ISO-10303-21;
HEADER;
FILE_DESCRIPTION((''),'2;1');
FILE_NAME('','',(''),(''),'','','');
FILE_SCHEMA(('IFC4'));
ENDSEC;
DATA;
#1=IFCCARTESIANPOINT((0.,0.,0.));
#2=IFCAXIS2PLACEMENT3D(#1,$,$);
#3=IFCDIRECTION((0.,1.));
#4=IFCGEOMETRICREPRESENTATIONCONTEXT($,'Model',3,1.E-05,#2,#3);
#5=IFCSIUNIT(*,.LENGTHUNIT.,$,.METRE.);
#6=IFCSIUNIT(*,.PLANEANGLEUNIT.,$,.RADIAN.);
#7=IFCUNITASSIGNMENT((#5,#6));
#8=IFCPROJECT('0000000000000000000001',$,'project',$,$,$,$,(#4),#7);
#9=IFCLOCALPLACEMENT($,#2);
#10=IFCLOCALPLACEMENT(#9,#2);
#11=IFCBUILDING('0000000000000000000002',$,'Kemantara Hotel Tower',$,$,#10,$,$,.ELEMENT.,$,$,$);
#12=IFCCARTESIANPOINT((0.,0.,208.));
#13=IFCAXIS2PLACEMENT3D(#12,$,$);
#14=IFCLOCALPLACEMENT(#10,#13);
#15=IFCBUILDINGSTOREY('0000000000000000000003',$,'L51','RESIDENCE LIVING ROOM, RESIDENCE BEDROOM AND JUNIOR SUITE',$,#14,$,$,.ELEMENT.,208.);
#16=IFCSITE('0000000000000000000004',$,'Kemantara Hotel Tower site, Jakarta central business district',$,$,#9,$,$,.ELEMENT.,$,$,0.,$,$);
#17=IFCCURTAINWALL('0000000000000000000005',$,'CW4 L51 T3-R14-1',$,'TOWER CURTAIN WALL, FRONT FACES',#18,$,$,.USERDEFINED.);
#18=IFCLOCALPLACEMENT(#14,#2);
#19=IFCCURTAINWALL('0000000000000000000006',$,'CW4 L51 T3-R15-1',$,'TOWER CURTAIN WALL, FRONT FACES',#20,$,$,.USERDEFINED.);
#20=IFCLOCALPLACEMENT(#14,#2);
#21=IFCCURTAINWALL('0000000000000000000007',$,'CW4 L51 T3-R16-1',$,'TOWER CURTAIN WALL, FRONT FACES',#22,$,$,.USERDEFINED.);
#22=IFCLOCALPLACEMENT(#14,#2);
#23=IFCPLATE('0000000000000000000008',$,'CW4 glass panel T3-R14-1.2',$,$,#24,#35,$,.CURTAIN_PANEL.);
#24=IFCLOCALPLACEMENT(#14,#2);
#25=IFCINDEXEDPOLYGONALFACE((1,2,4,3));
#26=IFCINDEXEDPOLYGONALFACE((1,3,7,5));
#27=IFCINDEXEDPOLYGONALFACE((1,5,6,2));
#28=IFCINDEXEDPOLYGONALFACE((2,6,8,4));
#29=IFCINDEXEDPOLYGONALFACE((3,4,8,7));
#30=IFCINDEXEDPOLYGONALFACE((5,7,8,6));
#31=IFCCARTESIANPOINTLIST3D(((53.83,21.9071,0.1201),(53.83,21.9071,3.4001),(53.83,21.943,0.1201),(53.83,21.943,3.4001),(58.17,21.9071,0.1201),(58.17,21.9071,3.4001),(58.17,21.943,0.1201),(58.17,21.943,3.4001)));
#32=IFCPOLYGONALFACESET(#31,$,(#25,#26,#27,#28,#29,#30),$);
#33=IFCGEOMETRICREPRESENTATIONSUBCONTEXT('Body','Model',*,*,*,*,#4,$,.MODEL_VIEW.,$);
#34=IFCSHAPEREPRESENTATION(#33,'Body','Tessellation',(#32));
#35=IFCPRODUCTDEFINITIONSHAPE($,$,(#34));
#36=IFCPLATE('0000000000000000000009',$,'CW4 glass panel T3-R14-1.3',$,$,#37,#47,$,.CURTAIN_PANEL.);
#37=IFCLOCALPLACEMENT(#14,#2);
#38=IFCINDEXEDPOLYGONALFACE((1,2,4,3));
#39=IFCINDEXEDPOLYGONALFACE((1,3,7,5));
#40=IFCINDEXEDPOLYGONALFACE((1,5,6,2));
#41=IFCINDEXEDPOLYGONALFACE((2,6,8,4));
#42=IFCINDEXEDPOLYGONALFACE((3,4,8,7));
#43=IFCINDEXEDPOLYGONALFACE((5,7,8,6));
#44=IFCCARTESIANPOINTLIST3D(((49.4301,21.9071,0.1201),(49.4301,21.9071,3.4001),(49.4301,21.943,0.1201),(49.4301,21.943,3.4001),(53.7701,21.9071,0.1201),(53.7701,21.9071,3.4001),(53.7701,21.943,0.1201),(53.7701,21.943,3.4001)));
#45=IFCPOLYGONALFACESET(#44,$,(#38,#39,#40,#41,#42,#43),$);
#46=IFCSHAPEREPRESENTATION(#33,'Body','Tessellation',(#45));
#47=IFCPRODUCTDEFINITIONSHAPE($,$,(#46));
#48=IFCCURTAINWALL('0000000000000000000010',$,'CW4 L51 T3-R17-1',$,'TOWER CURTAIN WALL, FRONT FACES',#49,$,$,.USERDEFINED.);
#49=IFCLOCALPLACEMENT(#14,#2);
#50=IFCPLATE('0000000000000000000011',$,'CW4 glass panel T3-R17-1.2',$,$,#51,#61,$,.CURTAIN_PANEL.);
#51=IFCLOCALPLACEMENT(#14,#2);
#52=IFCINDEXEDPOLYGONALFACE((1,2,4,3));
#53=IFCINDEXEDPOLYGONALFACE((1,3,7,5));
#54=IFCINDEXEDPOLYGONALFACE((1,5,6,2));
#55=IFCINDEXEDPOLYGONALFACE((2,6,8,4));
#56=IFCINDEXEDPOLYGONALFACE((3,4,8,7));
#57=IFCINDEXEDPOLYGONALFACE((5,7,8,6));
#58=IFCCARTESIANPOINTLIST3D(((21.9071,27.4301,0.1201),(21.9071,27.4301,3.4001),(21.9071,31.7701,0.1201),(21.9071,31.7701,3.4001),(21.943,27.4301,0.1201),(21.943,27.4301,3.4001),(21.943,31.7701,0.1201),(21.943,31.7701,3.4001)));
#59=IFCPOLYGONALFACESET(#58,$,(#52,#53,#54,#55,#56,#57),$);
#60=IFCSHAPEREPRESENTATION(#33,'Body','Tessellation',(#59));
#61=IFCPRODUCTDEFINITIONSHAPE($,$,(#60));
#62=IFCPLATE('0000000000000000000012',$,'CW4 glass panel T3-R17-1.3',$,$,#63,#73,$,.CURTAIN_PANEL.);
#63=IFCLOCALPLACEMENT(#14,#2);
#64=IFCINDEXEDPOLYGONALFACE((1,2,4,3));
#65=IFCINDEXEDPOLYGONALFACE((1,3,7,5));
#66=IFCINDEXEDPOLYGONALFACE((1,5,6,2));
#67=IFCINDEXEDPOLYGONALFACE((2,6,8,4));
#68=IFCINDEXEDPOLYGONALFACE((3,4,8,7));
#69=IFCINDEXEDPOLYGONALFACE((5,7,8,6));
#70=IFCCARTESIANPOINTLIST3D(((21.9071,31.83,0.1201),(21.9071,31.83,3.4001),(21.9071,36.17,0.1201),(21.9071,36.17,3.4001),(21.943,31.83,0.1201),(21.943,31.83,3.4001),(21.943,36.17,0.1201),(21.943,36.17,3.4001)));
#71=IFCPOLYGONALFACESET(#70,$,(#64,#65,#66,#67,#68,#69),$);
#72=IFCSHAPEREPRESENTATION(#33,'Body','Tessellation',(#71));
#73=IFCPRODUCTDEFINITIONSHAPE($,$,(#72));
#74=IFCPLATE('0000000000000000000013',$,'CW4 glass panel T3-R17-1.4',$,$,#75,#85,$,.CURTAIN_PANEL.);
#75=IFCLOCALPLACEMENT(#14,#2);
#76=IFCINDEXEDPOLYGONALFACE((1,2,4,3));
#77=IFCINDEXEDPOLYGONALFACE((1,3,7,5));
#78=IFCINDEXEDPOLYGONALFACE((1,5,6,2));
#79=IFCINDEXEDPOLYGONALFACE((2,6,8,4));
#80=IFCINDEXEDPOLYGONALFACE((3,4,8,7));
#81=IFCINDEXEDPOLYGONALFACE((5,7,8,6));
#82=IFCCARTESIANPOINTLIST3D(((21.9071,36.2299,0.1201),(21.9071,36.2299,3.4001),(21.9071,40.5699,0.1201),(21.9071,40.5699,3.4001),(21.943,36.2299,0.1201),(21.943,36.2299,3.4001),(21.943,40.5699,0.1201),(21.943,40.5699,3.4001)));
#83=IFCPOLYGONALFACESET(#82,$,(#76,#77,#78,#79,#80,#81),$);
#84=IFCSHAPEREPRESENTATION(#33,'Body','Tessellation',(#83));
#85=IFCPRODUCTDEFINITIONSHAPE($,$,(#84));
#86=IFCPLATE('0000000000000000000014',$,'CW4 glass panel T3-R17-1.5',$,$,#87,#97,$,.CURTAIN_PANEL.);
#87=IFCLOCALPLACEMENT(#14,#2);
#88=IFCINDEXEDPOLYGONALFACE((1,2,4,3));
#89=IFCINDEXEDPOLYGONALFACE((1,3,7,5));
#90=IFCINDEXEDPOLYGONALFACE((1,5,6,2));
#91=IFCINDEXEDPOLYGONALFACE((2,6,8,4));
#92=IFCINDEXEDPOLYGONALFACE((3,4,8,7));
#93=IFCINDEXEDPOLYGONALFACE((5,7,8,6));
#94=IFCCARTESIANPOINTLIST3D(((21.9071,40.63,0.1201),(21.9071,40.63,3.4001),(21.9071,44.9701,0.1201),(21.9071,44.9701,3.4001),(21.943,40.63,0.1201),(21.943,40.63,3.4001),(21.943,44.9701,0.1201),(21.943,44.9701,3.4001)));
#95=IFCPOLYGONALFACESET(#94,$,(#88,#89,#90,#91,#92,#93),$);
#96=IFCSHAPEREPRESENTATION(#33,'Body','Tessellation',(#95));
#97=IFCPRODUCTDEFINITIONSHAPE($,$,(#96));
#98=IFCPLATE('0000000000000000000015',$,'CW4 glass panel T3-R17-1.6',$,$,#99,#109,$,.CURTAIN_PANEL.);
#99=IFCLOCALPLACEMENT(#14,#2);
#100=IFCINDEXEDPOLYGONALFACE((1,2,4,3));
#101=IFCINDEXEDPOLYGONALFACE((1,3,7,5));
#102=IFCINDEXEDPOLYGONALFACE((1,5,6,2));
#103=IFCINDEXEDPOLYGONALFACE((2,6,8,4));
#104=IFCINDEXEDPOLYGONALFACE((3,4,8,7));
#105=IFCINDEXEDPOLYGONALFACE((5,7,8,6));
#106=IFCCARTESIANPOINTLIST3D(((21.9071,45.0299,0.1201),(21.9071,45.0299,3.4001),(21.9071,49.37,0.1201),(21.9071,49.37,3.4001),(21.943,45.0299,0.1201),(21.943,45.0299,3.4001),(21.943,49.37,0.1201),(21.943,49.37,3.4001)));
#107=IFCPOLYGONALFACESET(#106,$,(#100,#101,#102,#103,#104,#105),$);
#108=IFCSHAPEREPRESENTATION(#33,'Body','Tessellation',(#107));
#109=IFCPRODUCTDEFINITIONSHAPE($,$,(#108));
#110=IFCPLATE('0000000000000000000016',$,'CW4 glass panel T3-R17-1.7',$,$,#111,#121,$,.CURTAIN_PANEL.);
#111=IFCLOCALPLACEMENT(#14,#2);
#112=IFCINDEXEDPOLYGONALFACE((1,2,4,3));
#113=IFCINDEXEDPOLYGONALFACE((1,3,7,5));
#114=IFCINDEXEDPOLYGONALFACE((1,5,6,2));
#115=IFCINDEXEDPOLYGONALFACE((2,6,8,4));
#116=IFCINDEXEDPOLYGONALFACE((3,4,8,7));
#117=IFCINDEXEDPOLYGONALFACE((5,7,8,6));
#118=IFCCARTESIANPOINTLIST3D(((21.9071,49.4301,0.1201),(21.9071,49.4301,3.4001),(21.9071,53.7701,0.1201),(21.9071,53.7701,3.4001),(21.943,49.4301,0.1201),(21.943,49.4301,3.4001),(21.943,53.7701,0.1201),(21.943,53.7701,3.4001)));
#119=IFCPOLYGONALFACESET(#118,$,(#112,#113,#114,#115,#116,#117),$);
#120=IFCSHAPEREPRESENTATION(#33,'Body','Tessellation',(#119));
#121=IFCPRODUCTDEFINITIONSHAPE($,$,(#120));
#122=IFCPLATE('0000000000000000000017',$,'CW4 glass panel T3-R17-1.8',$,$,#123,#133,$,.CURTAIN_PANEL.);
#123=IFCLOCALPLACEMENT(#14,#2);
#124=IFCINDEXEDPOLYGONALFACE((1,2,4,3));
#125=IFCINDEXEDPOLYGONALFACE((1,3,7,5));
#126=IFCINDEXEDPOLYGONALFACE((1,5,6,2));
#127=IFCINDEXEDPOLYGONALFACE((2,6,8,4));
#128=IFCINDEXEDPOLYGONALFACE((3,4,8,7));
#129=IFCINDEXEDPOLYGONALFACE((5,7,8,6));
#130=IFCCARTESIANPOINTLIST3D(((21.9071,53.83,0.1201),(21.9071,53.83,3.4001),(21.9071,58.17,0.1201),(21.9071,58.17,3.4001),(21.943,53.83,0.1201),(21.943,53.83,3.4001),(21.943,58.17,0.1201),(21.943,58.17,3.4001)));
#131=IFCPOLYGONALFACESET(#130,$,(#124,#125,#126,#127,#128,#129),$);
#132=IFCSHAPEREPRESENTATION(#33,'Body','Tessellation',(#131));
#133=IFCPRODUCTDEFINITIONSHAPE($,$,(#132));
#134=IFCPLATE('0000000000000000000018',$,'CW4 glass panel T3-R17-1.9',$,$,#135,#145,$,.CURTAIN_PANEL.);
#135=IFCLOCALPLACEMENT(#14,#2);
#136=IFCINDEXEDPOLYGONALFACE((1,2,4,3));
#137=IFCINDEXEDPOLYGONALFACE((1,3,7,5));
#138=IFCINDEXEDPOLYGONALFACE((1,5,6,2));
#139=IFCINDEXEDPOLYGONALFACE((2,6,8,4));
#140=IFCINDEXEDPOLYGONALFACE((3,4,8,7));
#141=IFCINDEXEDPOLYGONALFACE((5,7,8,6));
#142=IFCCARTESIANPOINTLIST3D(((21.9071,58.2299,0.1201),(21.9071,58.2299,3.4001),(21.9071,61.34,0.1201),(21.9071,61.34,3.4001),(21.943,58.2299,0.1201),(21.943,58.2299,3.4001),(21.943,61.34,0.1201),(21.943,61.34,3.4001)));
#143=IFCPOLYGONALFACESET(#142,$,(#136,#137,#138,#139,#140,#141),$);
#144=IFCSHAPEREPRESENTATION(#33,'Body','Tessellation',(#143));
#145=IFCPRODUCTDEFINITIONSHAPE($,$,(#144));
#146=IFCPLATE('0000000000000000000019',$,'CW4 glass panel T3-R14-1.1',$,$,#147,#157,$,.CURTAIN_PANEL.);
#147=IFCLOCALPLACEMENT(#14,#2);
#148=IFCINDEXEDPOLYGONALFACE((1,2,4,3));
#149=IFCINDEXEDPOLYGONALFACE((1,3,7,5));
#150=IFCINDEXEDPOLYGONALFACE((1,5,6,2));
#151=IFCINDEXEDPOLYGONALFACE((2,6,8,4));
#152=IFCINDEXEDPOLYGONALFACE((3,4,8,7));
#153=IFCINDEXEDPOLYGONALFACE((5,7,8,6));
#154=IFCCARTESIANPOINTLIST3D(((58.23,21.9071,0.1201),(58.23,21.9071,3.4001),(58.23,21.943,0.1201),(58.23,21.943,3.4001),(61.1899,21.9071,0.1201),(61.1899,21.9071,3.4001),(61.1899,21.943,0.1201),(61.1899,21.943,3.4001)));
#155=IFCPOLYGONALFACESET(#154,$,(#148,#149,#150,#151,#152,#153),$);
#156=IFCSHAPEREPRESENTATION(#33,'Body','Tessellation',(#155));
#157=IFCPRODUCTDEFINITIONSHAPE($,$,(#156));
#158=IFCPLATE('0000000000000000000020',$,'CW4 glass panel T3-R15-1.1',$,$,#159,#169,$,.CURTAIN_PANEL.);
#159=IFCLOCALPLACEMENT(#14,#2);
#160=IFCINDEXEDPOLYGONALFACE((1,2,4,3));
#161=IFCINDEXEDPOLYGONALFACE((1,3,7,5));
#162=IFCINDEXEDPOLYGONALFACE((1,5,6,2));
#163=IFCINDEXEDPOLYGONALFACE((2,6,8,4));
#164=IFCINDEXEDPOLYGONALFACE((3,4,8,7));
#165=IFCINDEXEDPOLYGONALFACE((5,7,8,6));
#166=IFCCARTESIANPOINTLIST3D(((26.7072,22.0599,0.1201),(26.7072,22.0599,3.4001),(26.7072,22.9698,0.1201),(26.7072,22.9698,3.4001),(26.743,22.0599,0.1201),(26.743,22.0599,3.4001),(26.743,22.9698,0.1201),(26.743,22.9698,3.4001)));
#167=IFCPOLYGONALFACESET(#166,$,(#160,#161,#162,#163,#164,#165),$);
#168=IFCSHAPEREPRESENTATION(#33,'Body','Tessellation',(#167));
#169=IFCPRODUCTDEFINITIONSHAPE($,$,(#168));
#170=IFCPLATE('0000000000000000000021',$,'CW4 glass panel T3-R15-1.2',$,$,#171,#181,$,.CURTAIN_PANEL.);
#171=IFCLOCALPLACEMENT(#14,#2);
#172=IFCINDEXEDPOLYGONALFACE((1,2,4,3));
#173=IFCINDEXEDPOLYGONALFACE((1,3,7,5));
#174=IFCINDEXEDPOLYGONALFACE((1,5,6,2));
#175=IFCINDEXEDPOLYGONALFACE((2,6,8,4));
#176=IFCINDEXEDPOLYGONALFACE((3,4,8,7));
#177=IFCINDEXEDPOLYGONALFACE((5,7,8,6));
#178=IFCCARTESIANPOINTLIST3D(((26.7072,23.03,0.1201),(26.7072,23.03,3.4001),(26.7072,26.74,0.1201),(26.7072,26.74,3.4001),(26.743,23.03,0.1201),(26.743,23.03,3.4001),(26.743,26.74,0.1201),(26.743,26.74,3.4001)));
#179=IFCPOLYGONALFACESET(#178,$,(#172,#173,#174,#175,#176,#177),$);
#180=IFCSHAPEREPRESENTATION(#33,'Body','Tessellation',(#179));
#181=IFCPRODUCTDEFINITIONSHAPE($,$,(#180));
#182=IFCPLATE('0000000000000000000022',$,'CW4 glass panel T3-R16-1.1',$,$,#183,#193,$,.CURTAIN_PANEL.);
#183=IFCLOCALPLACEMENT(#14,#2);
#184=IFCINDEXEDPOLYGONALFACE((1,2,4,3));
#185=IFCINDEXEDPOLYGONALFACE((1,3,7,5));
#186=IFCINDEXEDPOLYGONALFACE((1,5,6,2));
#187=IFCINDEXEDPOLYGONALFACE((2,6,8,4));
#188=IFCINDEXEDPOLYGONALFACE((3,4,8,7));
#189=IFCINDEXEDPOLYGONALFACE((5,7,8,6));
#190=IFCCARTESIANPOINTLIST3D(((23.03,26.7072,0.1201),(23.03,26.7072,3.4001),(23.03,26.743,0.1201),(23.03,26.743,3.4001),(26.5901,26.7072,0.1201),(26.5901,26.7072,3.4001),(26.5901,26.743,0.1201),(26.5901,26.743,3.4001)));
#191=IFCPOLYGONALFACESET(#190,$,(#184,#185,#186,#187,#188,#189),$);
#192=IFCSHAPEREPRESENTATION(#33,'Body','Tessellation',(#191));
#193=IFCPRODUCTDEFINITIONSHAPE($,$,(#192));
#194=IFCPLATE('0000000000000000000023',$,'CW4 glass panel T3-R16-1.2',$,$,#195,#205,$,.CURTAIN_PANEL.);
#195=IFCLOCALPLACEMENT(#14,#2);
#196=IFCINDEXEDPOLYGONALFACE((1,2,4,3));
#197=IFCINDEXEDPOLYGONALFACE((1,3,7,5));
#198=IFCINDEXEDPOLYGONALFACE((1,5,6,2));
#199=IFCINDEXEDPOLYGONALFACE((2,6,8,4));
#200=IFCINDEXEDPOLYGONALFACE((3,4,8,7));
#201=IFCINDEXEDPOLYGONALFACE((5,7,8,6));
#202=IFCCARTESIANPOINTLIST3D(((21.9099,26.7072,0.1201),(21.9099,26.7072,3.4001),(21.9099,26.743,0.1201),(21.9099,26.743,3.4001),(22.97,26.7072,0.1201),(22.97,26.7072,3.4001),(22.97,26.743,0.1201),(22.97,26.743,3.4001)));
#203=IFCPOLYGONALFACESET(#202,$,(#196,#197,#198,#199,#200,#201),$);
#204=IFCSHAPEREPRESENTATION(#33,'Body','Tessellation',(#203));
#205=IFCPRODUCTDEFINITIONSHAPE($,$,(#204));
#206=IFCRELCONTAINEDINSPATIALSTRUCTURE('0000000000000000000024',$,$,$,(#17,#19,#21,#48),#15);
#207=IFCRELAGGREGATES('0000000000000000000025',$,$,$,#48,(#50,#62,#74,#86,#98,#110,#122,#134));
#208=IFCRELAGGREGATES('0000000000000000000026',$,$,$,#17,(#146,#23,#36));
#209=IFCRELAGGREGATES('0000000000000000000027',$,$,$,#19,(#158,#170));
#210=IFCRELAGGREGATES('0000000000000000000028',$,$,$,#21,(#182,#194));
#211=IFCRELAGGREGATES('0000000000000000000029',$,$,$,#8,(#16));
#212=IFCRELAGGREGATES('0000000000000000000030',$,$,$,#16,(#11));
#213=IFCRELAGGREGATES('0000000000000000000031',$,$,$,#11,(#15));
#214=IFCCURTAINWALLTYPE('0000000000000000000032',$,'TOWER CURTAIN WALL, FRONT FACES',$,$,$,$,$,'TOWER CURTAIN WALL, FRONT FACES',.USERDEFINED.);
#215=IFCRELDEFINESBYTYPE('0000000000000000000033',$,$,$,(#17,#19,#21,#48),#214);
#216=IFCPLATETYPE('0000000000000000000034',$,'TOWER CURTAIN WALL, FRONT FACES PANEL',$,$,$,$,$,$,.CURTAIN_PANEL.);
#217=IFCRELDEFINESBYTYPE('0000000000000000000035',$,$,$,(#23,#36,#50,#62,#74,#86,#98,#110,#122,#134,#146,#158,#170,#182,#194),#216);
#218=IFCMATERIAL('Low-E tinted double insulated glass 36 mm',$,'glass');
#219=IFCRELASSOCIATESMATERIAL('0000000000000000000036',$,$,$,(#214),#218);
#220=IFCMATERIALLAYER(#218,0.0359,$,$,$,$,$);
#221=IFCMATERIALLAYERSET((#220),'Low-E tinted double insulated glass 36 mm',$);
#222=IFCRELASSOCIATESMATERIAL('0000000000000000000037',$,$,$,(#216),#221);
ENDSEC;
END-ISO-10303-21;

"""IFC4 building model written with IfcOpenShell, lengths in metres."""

from ifc_helpers import new_model, si_unit, direction, frame, origin, origin_2d, place, context, subcontext, project, spatial, rectangle, extrude, source, transform, mapped, material, layer, layer_set, type_object, element, aggregate, save


model = new_model("IFC4")

# Units and contexts
model_context = context("Model", 3, precision=1e-05, world=origin(), true_north=direction((0.0, 1.0)))
body_context = subcontext(model_context, "Body", "Model", "MODEL_VIEW")
ifc_project = project(units=[si_unit("LENGTHUNIT", "METRE"), si_unit("PLANEANGLEUNIT", "RADIAN")], contexts=[model_context])

# Site, building, storey
site_placement = place(None, origin())
site = spatial("IfcSite", under=ifc_project, at=site_placement, Name="Kemantara Hotel Tower site, Jakarta central business district", CompositionType="ELEMENT", RefElevation=0.0)
building_placement = place(site_placement, origin())
building = spatial("IfcBuilding", under=site, at=building_placement, Name="Kemantara Hotel Tower", CompositionType="ELEMENT")
storey_placement = place(building_placement, frame((0.0, 0.0, 208.0)))
storey = spatial("IfcBuildingStorey", under=building, at=storey_placement, Name="L51", Description="RESIDENCE LIVING ROOM, RESIDENCE BEDROOM AND JUNIOR SUITE", CompositionType="ELEMENT", Elevation=208.0)

# Curtain walls
ifc_material_1 = material(Name="Low-E tinted double insulated glass 36 mm", Category="glass")
curtain_wall_type = type_object("IfcCurtainWallType", Name="TOWER CURTAIN WALL, FRONT FACES", ElementType="TOWER CURTAIN WALL, FRONT FACES", PredefinedType="USERDEFINED", material=ifc_material_1)
curtain_wall_1_placement = place(storey_placement, origin())
curtain_wall_1 = element("IfcCurtainWall", 1, at=curtain_wall_1_placement, inside=storey, type_object=curtain_wall_type, Name="CW4 L51 T3-R14-1", ObjectType="TOWER CURTAIN WALL, FRONT FACES", PredefinedType="USERDEFINED")
curtain_wall_2_placement = place(storey_placement, origin())
curtain_wall_2 = element("IfcCurtainWall", 2, at=curtain_wall_2_placement, inside=storey, type_object=curtain_wall_type, Name="CW4 L51 T3-R15-1", ObjectType="TOWER CURTAIN WALL, FRONT FACES", PredefinedType="USERDEFINED")
curtain_wall_3_placement = place(storey_placement, origin())
curtain_wall_3 = element("IfcCurtainWall", 3, at=curtain_wall_3_placement, inside=storey, type_object=curtain_wall_type, Name="CW4 L51 T3-R16-1", ObjectType="TOWER CURTAIN WALL, FRONT FACES", PredefinedType="USERDEFINED")

# Plates
ifc_layer_1 = layer(ifc_material_1, 0.0359)
ifc_layer_set_1 = layer_set([ifc_layer_1], Name="Low-E tinted double insulated glass 36 mm")
plate_type = type_object("IfcPlateType", Name="TOWER CURTAIN WALL, FRONT FACES PANEL", PredefinedType="CURTAIN_PANEL", material=ifc_layer_set_1)
shared_shape_1 = source(origin(), body_context, "Body", "SweptSolid", [
    extrude(rectangle(XDim=4.3401, YDim=0.0359, at=origin_2d()), origin(), (0.0, 0.0, 1.0), 3.28),
])
plate_1_placement = place(storey_placement, frame((56.0, 21.925, 0.1201), z_axis=(0.0, 0.0, 1.0), x_axis=(-1.0, 0.0, 0.0)))
plate_1 = element("IfcPlate", 4, at=plate_1_placement, type_object=plate_type, Name="CW4 glass panel T3-R14-1.2", PredefinedType="CURTAIN_PANEL", context=body_context, shape_type="MappedRepresentation", body=[
    mapped(shared_shape_1, transform((0.0, 0.0, 0.0))),
])
plate_2_placement = place(storey_placement, frame((51.6001, 21.925, 0.1201), z_axis=(0.0, 0.0, 1.0), x_axis=(-1.0, 0.0, 0.0)))
plate_2 = element("IfcPlate", 5, at=plate_2_placement, type_object=plate_type, Name="CW4 glass panel T3-R14-1.3", PredefinedType="CURTAIN_PANEL", context=body_context, shape_type="MappedRepresentation", body=[
    mapped(shared_shape_1, transform((0.0, 0.0, 0.0))),
])

# Curtain wall, plates
curtain_wall_4_placement = place(storey_placement, origin())
curtain_wall_4 = element("IfcCurtainWall", 6, at=curtain_wall_4_placement, inside=storey, type_object=curtain_wall_type, Name="CW4 L51 T3-R17-1", ObjectType="TOWER CURTAIN WALL, FRONT FACES", PredefinedType="USERDEFINED")
plate_3_placement = place(storey_placement, frame((21.925, 29.6001, 0.1201), z_axis=(0.0, 0.0, 1.0), x_axis=(0.0, 1.0, 0.0)))
plate_3 = element("IfcPlate", 7, at=plate_3_placement, type_object=plate_type, Name="CW4 glass panel T3-R17-1.2", PredefinedType="CURTAIN_PANEL", context=body_context, shape_type="MappedRepresentation", body=[
    mapped(shared_shape_1, transform((0.0, 0.0, 0.0))),
])
plate_4_placement = place(storey_placement, frame((21.925, 34.0, 0.1201), z_axis=(0.0, 0.0, 1.0), x_axis=(0.0, 1.0, 0.0)))
plate_4 = element("IfcPlate", 8, at=plate_4_placement, type_object=plate_type, Name="CW4 glass panel T3-R17-1.3", PredefinedType="CURTAIN_PANEL", context=body_context, shape_type="MappedRepresentation", body=[
    mapped(shared_shape_1, transform((0.0, 0.0, 0.0))),
])
plate_5_placement = place(storey_placement, frame((21.925, 38.3999, 0.1201), z_axis=(0.0, 0.0, 1.0), x_axis=(0.0, 1.0, 0.0)))
plate_5 = element("IfcPlate", 9, at=plate_5_placement, type_object=plate_type, Name="CW4 glass panel T3-R17-1.4", PredefinedType="CURTAIN_PANEL", context=body_context, shape_type="MappedRepresentation", body=[
    mapped(shared_shape_1, transform((0.0, 0.0, 0.0))),
])
plate_6_placement = place(storey_placement, frame((21.925, 42.8, 0.1201), z_axis=(0.0, 0.0, 1.0), x_axis=(0.0, 1.0, 0.0)))
plate_6 = element("IfcPlate", 10, at=plate_6_placement, type_object=plate_type, Name="CW4 glass panel T3-R17-1.5", PredefinedType="CURTAIN_PANEL", context=body_context, shape_type="MappedRepresentation", body=[
    mapped(shared_shape_1, transform((0.0, 0.0, 0.0))),
])
plate_7_placement = place(storey_placement, frame((21.925, 47.2, 0.1201), z_axis=(0.0, 0.0, 1.0), x_axis=(0.0, 1.0, 0.0)))
plate_7 = element("IfcPlate", 11, at=plate_7_placement, type_object=plate_type, Name="CW4 glass panel T3-R17-1.6", PredefinedType="CURTAIN_PANEL", context=body_context, shape_type="MappedRepresentation", body=[
    mapped(shared_shape_1, transform((0.0, 0.0, 0.0))),
])
plate_8_placement = place(storey_placement, frame((21.925, 51.6001, 0.1201), z_axis=(0.0, 0.0, 1.0), x_axis=(0.0, 1.0, 0.0)))
plate_8 = element("IfcPlate", 12, at=plate_8_placement, type_object=plate_type, Name="CW4 glass panel T3-R17-1.7", PredefinedType="CURTAIN_PANEL", context=body_context, shape_type="MappedRepresentation", body=[
    mapped(shared_shape_1, transform((0.0, 0.0, 0.0))),
])
plate_9_placement = place(storey_placement, frame((21.925, 56.0, 0.1201), z_axis=(0.0, 0.0, 1.0), x_axis=(0.0, 1.0, 0.0)))
plate_9 = element("IfcPlate", 13, at=plate_9_placement, type_object=plate_type, Name="CW4 glass panel T3-R17-1.8", PredefinedType="CURTAIN_PANEL", context=body_context, shape_type="MappedRepresentation", body=[
    mapped(shared_shape_1, transform((0.0, 0.0, 0.0))),
])
shared_shape_2 = source(origin(), body_context, "Body", "SweptSolid", [
    extrude(rectangle(XDim=3.1101, YDim=0.0359, at=origin_2d()), origin(), (0.0, 0.0, 1.0), 3.28),
])
plate_10_placement = place(storey_placement, frame((21.925, 59.7849, 0.1201), z_axis=(0.0, 0.0, 1.0), x_axis=(0.0, 1.0, 0.0)))
plate_10 = element("IfcPlate", 14, at=plate_10_placement, type_object=plate_type, Name="CW4 glass panel T3-R17-1.9", PredefinedType="CURTAIN_PANEL", context=body_context, shape_type="MappedRepresentation", body=[
    mapped(shared_shape_2, transform((0.0, 0.0, 0.0))),
])
aggregate(curtain_wall_4, [plate_3, plate_4, plate_5, plate_6, plate_7, plate_8, plate_9, plate_10])

# Plates
shared_shape_3 = source(origin(), body_context, "Body", "SweptSolid", [
    extrude(rectangle(XDim=2.96, YDim=0.0359, at=origin_2d()), origin(), (0.0, 0.0, 1.0), 3.28),
])
plate_11_placement = place(storey_placement, frame((59.71, 21.925, 0.1201), z_axis=(0.0, 0.0, 1.0), x_axis=(-1.0, 0.0, 0.0)))
plate_11 = element("IfcPlate", 15, at=plate_11_placement, type_object=plate_type, Name="CW4 glass panel T3-R14-1.1", PredefinedType="CURTAIN_PANEL", context=body_context, shape_type="MappedRepresentation", body=[
    mapped(shared_shape_3, transform((0.0, 0.0, 0.0))),
])
aggregate(curtain_wall_1, [plate_11, plate_1, plate_2])
shared_shape_4 = source(origin(), body_context, "Body", "SweptSolid", [
    extrude(rectangle(XDim=0.9099, YDim=0.0359, at=origin_2d()), origin(), (0.0, 0.0, 1.0), 3.28),
])
plate_12_placement = place(storey_placement, frame((26.7251, 22.5149, 0.1201), z_axis=(0.0, 0.0, 1.0), x_axis=(0.0, 1.0, 0.0)))
plate_12 = element("IfcPlate", 16, at=plate_12_placement, type_object=plate_type, Name="CW4 glass panel T3-R15-1.1", PredefinedType="CURTAIN_PANEL", context=body_context, shape_type="MappedRepresentation", body=[
    mapped(shared_shape_4, transform((0.0, 0.0, 0.0))),
])
shared_shape_5 = source(origin(), body_context, "Body", "SweptSolid", [
    extrude(rectangle(XDim=3.71, YDim=0.0359, at=origin_2d()), origin(), (0.0, 0.0, 1.0), 3.28),
])
plate_13_placement = place(storey_placement, frame((26.7251, 24.885, 0.1201), z_axis=(0.0, 0.0, 1.0), x_axis=(0.0, 1.0, 0.0)))
plate_13 = element("IfcPlate", 17, at=plate_13_placement, type_object=plate_type, Name="CW4 glass panel T3-R15-1.2", PredefinedType="CURTAIN_PANEL", context=body_context, shape_type="MappedRepresentation", body=[
    mapped(shared_shape_5, transform((0.0, 0.0, 0.0))),
])
aggregate(curtain_wall_2, [plate_12, plate_13])
shared_shape_6 = source(origin(), body_context, "Body", "SweptSolid", [
    extrude(rectangle(XDim=3.5601, YDim=0.0359, at=origin_2d()), origin(), (0.0, 0.0, 1.0), 3.28),
])
plate_14_placement = place(storey_placement, frame((24.8101, 26.7251, 0.1201), z_axis=(0.0, 0.0, 1.0), x_axis=(-1.0, 0.0, 0.0)))
plate_14 = element("IfcPlate", 18, at=plate_14_placement, type_object=plate_type, Name="CW4 glass panel T3-R16-1.1", PredefinedType="CURTAIN_PANEL", context=body_context, shape_type="MappedRepresentation", body=[
    mapped(shared_shape_6, transform((0.0, 0.0, 0.0))),
])
shared_shape_7 = source(origin(), body_context, "Body", "SweptSolid", [
    extrude(rectangle(XDim=1.0601, YDim=0.0359, at=origin_2d()), origin(), (0.0, 0.0, 1.0), 3.28),
])
plate_15_placement = place(storey_placement, frame((22.4399, 26.7251, 0.1201), z_axis=(0.0, 0.0, 1.0), x_axis=(-1.0, 0.0, 0.0)))
plate_15 = element("IfcPlate", 19, at=plate_15_placement, type_object=plate_type, Name="CW4 glass panel T3-R16-1.2", PredefinedType="CURTAIN_PANEL", context=body_context, shape_type="MappedRepresentation", body=[
    mapped(shared_shape_7, transform((0.0, 0.0, 0.0))),
])
aggregate(curtain_wall_3, [plate_14, plate_15])

save(model, "model.ifc")
